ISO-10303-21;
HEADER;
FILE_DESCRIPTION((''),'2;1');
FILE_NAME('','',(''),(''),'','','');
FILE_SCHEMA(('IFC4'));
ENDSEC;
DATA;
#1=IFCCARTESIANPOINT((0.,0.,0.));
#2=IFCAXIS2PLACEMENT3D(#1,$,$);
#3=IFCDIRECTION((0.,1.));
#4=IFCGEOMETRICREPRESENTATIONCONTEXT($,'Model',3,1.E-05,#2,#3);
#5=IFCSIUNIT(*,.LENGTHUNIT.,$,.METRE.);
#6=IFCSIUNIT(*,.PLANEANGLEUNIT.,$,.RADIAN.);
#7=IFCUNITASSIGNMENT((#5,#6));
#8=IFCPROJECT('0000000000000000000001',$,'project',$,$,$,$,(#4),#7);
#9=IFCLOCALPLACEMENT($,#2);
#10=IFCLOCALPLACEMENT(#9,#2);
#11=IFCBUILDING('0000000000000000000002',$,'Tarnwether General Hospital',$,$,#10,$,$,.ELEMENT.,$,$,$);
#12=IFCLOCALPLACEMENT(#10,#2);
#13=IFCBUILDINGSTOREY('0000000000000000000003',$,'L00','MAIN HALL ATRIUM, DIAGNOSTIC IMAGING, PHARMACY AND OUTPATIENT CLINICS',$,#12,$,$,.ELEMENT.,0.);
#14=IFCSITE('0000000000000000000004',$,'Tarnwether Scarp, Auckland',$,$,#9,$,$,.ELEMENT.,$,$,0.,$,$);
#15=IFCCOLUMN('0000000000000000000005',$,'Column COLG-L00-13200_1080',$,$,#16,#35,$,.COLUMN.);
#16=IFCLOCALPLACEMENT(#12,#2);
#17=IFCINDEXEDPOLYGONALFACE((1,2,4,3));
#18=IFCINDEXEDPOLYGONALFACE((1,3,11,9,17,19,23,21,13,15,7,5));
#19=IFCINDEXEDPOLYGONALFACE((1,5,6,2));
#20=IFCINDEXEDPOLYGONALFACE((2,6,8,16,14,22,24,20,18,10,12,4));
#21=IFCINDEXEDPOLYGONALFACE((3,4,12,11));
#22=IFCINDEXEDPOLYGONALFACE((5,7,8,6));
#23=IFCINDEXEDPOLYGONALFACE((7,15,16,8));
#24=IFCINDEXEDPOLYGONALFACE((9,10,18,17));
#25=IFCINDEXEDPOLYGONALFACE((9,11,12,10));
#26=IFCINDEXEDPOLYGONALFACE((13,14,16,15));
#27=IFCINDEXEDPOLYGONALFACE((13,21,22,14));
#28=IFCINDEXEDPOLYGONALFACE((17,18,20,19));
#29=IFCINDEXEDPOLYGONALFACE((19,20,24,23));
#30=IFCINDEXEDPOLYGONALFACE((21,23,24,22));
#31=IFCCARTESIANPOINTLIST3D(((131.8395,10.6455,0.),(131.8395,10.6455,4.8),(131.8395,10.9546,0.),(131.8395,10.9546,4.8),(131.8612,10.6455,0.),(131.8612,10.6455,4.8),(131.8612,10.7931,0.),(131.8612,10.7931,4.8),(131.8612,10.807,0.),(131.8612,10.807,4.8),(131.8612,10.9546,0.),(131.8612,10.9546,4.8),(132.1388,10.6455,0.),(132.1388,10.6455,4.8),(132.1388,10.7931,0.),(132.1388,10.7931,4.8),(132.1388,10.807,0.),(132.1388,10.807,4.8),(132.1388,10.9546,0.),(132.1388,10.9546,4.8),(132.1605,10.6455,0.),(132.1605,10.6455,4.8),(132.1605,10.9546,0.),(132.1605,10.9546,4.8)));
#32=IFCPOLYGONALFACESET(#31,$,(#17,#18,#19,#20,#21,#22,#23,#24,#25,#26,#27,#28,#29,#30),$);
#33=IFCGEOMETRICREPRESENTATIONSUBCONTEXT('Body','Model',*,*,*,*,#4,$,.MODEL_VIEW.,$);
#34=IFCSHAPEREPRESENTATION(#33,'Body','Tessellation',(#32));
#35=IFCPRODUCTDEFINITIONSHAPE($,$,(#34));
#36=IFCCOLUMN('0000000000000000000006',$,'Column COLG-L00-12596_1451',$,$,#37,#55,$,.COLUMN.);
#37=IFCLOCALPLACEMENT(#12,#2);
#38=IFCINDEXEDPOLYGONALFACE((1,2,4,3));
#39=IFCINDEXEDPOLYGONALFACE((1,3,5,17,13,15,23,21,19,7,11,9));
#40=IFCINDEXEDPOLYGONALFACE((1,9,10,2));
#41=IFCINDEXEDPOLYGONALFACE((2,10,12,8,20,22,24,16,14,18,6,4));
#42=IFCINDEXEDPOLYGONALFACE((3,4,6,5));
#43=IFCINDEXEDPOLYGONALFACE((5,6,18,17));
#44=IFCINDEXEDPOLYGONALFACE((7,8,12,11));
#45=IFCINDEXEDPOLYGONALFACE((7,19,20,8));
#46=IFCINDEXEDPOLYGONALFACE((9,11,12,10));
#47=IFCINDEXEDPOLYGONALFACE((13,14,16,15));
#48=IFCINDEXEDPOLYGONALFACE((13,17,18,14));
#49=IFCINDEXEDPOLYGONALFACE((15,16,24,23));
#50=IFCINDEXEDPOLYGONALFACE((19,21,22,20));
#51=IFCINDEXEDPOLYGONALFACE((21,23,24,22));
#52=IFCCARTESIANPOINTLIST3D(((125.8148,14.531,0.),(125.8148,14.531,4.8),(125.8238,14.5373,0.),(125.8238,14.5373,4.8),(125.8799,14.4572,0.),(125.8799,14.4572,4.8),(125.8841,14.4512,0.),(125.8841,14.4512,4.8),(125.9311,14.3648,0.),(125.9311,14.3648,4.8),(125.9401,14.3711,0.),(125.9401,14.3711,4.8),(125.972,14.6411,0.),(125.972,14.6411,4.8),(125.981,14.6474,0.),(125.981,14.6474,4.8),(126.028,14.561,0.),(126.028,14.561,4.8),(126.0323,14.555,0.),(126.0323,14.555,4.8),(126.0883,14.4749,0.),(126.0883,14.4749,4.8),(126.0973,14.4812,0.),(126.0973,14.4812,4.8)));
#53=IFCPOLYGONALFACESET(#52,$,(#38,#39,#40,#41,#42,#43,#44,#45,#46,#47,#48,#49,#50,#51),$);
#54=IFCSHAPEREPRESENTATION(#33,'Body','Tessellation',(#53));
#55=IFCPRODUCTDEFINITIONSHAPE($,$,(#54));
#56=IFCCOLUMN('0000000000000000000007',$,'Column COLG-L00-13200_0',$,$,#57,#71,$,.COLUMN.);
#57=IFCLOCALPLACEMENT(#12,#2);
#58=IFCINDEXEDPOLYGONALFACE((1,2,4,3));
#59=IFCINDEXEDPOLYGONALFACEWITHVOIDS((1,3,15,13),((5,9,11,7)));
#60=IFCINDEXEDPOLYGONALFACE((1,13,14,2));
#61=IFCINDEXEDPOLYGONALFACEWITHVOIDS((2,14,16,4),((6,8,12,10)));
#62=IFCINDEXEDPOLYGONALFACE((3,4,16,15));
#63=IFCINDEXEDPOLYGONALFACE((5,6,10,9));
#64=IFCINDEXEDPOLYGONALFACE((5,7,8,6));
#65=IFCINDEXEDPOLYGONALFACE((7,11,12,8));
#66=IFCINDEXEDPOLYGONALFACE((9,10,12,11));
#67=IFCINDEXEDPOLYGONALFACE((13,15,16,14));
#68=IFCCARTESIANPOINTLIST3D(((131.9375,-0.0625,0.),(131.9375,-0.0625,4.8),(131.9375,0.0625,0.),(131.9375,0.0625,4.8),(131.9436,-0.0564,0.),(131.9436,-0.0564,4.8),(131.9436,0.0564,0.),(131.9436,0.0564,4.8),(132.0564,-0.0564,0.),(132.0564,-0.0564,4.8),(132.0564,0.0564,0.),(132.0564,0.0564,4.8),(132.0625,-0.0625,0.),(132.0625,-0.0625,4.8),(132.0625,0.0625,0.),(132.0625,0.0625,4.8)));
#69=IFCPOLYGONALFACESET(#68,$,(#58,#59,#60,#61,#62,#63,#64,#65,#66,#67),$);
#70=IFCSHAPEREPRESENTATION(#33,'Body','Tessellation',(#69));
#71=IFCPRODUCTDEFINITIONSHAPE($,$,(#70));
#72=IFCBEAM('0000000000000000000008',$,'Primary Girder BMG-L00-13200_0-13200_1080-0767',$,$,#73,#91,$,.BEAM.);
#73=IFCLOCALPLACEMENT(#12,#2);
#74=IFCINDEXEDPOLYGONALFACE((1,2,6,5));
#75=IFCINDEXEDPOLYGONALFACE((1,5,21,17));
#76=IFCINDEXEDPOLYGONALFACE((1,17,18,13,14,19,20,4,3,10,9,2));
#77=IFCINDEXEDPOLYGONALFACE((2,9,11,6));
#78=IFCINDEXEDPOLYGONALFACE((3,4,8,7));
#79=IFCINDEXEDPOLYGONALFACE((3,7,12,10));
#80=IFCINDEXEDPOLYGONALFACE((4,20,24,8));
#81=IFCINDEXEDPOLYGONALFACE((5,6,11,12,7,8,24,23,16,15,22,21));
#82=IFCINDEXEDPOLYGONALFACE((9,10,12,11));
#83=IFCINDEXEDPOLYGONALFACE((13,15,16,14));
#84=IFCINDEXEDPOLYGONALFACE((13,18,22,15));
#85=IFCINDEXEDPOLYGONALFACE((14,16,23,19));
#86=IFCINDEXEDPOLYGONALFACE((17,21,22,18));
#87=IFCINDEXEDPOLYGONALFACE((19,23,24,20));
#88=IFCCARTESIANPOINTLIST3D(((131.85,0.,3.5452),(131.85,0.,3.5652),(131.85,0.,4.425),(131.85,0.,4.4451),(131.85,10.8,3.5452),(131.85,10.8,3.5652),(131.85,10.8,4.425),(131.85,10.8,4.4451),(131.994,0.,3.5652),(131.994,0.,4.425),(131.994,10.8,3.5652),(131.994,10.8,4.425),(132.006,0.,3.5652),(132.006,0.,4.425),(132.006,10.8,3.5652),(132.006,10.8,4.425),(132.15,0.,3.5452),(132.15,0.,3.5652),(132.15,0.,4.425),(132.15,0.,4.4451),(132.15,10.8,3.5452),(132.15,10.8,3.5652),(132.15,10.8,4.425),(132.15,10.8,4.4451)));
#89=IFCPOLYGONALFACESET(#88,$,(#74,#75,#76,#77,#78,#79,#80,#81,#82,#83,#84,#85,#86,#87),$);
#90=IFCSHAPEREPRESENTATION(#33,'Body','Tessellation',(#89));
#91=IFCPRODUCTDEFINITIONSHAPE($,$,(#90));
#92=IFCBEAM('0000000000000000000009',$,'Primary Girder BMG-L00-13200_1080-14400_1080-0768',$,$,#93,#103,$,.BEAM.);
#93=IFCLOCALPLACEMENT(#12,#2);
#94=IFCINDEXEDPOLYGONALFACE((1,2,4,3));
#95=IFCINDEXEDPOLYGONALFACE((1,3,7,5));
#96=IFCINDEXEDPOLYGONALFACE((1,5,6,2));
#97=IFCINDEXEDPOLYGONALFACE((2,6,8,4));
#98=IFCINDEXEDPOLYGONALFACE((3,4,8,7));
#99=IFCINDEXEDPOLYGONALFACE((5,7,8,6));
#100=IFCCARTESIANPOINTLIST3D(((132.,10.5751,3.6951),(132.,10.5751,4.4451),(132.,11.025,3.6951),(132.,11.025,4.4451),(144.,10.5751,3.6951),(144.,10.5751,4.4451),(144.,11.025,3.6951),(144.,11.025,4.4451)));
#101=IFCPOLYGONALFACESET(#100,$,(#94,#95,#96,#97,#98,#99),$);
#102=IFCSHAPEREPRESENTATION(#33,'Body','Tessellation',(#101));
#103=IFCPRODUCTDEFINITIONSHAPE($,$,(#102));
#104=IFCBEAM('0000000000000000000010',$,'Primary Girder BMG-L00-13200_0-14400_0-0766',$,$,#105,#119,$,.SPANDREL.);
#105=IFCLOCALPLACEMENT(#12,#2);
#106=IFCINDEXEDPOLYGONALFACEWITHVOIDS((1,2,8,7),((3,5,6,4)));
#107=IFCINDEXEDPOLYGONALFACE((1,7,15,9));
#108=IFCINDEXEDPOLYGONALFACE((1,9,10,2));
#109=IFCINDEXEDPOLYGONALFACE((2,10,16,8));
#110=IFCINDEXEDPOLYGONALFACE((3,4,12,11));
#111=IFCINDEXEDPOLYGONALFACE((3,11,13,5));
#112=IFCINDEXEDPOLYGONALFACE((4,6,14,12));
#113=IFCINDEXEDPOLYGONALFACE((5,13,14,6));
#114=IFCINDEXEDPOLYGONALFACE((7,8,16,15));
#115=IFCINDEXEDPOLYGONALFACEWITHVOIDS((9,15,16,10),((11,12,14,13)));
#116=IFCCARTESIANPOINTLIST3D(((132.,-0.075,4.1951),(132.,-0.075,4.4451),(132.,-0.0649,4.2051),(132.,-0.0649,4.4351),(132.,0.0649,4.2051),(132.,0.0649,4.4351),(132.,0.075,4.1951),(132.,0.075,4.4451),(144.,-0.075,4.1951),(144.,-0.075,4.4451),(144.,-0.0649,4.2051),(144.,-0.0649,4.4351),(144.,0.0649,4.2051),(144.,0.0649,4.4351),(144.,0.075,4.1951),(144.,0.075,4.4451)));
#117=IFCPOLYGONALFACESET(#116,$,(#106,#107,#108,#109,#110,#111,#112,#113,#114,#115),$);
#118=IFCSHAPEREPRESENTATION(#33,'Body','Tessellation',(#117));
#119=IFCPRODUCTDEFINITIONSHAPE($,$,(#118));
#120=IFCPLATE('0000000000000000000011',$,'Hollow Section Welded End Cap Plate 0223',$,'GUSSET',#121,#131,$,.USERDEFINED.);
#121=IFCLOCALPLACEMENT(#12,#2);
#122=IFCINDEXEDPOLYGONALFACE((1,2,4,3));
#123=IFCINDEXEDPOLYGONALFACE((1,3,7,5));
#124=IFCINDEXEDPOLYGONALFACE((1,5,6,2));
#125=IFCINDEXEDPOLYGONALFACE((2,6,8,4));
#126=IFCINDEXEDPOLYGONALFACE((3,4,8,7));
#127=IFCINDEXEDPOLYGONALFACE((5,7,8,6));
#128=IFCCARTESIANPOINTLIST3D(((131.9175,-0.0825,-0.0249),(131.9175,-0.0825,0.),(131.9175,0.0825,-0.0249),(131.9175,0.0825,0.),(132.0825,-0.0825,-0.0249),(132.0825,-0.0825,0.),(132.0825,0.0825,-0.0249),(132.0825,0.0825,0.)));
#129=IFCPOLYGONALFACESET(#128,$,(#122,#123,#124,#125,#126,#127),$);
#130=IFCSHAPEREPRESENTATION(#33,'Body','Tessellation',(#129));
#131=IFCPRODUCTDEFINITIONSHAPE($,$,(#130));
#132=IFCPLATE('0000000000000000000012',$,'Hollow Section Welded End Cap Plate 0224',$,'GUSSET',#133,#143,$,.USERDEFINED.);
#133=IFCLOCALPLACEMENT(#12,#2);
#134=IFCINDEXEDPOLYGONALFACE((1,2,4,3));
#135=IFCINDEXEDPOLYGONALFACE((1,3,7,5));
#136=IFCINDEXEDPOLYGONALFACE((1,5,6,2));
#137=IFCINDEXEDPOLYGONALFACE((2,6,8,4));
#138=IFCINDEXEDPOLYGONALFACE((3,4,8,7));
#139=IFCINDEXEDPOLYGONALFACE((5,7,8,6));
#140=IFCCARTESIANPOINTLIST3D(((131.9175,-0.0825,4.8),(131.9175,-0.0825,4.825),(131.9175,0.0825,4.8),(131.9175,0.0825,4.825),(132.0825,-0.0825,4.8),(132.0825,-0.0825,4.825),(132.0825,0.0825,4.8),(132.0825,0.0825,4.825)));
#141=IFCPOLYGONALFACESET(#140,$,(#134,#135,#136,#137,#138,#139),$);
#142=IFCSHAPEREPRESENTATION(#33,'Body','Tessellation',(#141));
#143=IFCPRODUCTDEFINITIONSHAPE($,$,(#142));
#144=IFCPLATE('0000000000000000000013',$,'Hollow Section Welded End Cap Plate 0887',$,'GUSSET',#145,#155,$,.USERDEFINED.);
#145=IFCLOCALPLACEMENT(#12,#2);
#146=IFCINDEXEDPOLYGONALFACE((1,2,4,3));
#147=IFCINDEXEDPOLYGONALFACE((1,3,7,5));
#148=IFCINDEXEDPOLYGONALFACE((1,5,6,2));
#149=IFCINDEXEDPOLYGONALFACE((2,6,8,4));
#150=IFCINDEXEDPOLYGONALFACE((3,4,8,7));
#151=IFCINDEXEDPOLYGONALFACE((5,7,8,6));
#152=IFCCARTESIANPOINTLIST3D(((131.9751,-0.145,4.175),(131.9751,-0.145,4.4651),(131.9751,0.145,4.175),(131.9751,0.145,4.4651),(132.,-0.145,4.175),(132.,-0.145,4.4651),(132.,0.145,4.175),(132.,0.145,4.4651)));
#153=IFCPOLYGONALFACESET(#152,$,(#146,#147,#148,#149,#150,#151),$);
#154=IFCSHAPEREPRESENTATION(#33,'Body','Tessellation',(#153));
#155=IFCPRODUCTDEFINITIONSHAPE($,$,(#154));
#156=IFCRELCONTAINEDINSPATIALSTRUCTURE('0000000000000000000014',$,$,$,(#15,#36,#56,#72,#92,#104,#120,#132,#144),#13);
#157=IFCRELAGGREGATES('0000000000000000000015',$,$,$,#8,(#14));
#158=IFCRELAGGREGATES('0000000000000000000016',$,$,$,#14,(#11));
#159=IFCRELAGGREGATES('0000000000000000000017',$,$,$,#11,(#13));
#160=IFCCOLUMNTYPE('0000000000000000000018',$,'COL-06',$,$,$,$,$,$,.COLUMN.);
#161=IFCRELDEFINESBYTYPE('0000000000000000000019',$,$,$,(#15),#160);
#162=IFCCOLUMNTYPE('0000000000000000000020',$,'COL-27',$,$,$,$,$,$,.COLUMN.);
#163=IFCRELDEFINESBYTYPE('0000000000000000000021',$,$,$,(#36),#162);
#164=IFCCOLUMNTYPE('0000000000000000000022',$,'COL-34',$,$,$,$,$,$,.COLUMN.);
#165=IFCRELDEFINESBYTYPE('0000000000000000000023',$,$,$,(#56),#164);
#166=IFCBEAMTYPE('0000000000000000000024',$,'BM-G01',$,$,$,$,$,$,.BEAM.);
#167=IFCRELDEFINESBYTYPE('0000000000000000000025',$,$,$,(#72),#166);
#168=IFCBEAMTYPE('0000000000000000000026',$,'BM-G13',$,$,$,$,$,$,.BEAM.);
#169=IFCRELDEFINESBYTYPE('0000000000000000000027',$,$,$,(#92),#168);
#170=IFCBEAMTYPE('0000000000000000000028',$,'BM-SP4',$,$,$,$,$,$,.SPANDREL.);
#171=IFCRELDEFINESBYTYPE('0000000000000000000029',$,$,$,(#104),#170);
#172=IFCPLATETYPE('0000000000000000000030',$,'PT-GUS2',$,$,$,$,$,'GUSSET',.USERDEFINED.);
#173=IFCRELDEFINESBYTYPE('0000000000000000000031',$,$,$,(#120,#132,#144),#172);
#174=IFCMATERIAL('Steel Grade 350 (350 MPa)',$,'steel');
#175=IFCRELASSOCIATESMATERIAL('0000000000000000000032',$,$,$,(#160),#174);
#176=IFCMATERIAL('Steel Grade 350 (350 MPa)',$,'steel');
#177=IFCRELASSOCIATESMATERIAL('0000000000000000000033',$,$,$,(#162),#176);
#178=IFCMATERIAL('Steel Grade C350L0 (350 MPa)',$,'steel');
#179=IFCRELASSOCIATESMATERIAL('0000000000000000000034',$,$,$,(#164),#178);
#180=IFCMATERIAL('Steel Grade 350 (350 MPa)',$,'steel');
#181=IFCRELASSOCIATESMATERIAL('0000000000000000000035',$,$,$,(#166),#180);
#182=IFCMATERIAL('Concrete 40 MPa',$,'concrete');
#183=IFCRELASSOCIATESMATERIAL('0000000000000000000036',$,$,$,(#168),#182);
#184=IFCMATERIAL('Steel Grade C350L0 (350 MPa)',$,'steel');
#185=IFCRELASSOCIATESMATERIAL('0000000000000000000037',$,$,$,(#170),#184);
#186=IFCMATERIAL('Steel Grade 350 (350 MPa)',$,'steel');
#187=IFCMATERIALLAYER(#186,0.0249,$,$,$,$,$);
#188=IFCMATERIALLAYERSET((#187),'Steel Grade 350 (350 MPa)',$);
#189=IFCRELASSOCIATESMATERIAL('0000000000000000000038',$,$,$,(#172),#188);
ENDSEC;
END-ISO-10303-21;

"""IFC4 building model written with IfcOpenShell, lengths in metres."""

from ifc_helpers import new_model, si_unit, direction, frame, origin, origin_2d, place, context, subcontext, project, spatial, rectangle, hollow_rectangle, i_section, extrude, material, layer, layer_set, material_profile, profile_set, type_object, element, save


model = new_model("IFC4")

# Units and contexts
model_context = context("Model", 3, precision=1e-05, world=origin(), true_north=direction((0.0, 1.0)))
body_context = subcontext(model_context, "Body", "Model", "MODEL_VIEW")
ifc_project = project(units=[si_unit("LENGTHUNIT", "METRE"), si_unit("PLANEANGLEUNIT", "RADIAN")], contexts=[model_context])

# Site, building, storey
site_placement = place(None, origin())
site = spatial("IfcSite", under=ifc_project, at=site_placement, Name="Tarnwether Scarp, Auckland", CompositionType="ELEMENT", RefElevation=0.0)
building_placement = place(site_placement, origin())
building = spatial("IfcBuilding", under=site, at=building_placement, Name="Tarnwether General Hospital", CompositionType="ELEMENT")
storey_placement = place(building_placement, origin())
storey = spatial("IfcBuildingStorey", under=building, at=storey_placement, Name="L00", Description="MAIN HALL ATRIUM, DIAGNOSTIC IMAGING, PHARMACY AND OUTPATIENT CLINICS", CompositionType="ELEMENT", Elevation=0.0)

# Columns
ifc_material_1 = material(Name="Steel Grade 350 (350 MPa)", Category="steel")
ifc_material_profile_1 = material_profile(ifc_material_1, i_section(OverallWidth=0.3091, OverallDepth=0.321, WebThickness=0.0139, FlangeThickness=0.0217, at=origin_2d()), Name="310UC137")
ifc_profile_set_1 = profile_set([ifc_material_profile_1], Name="Steel Grade 350 (350 MPa)")
column_type_1 = type_object("IfcColumnType", Name="COL-06", PredefinedType="COLUMN", material=ifc_profile_set_1)
column_1_placement = place(storey_placement, frame((132.0, 10.8, 0.0), z_axis=(0.0, 0.0, 1.0), x_axis=(0.0, 1.0, 0.0)))
element("IfcColumn", 1, at=column_1_placement, inside=storey, type_object=column_type_1, Name="Column COLG-L00-13200_1080", PredefinedType="COLUMN", context=body_context, shape_type="SweptSolid", body=[
    extrude(i_section(OverallWidth=0.3091, OverallDepth=0.321, WebThickness=0.0139, FlangeThickness=0.0217, at=origin_2d()), origin(), (0.0, 0.0, 1.0), 4.8),
])
ifc_material_2 = material(Name="Steel Grade 350 (350 MPa)", Category="steel")
ifc_material_profile_2 = material_profile(ifc_material_2, i_section(OverallWidth=0.2029, OverallDepth=0.2029, WebThickness=0.0073, FlangeThickness=0.011, at=origin_2d()), Name="200UC46.2")
ifc_profile_set_2 = profile_set([ifc_material_profile_2], Name="Steel Grade 350 (350 MPa)")
column_type_2 = type_object("IfcColumnType", Name="COL-27", PredefinedType="COLUMN", material=ifc_profile_set_2)
column_2_placement = place(storey_placement, frame((125.9561, 14.5061, 0.0), z_axis=(0.0, 0.0, 1.0), x_axis=(-0.573576, 0.819152, 0.0)))
element("IfcColumn", 2, at=column_2_placement, inside=storey, type_object=column_type_2, Name="Column COLG-L00-12596_1451", PredefinedType="COLUMN", context=body_context, shape_type="SweptSolid", body=[
    extrude(i_section(OverallWidth=0.2029, OverallDepth=0.2029, WebThickness=0.0073, FlangeThickness=0.011, at=origin_2d()), origin(), (0.0, 0.0, 1.0), 4.8),
])
ifc_material_3 = material(Name="Steel Grade C350L0 (350 MPa)", Category="steel")
ifc_material_profile_3 = material_profile(ifc_material_3, hollow_rectangle(XDim=0.125, YDim=0.125, WallThickness=0.0061, at=origin_2d()), Name="SHS125x125x6")
ifc_profile_set_3 = profile_set([ifc_material_profile_3], Name="Steel Grade C350L0 (350 MPa)")
column_type_3 = type_object("IfcColumnType", Name="COL-34", PredefinedType="COLUMN", material=ifc_profile_set_3)
column_3_placement = place(storey_placement, frame((132.0, 0.0, 0.0), z_axis=(0.0, 0.0, 1.0), x_axis=(0.0, 1.0, 0.0)))
element("IfcColumn", 3, at=column_3_placement, inside=storey, type_object=column_type_3, Name="Column COLG-L00-13200_0", PredefinedType="COLUMN", context=body_context, shape_type="SweptSolid", body=[
    extrude(hollow_rectangle(XDim=0.125, YDim=0.125, WallThickness=0.0061, at=origin_2d()), origin(), (0.0, 0.0, 1.0), 4.8),
])

# Beams
ifc_material_4 = material(Name="Steel Grade 350 (350 MPa)", Category="steel")
ifc_material_profile_4 = material_profile(ifc_material_4, i_section(OverallWidth=0.3, OverallDepth=0.8999, WebThickness=0.012, FlangeThickness=0.02, at=origin_2d()), Name="900WB175")
ifc_profile_set_4 = profile_set([ifc_material_profile_4], Name="Steel Grade 350 (350 MPa)")
beam_type_1 = type_object("IfcBeamType", Name="BM-G01", PredefinedType="BEAM", material=ifc_profile_set_4)
beam_1_placement = place(storey_placement, frame((132.0, 0.0, 3.9951), z_axis=(0.0, 1.0, 0.0), x_axis=(-1.0, 0.0, 0.0)))
element("IfcBeam", 4, at=beam_1_placement, inside=storey, type_object=beam_type_1, Name="Primary Girder BMG-L00-13200_0-13200_1080-0767", PredefinedType="BEAM", context=body_context, shape_type="SweptSolid", body=[
    extrude(i_section(OverallWidth=0.3, OverallDepth=0.8999, WebThickness=0.012, FlangeThickness=0.02, at=origin_2d()), origin(), (0.0, 0.0, 1.0), 10.8),
])
ifc_material_5 = material(Name="Concrete 40 MPa", Category="concrete")
ifc_material_profile_5 = material_profile(ifc_material_5, rectangle(XDim=0.45, YDim=0.75, at=origin_2d()), Name="RC-BM-450x750")
ifc_profile_set_5 = profile_set([ifc_material_profile_5], Name="Concrete 40 MPa")
beam_type_2 = type_object("IfcBeamType", Name="BM-G13", PredefinedType="BEAM", material=ifc_profile_set_5)
beam_2_placement = place(storey_placement, frame((132.0, 10.8, 4.0701), z_axis=(1.0, 0.0, 0.0), x_axis=(0.0, 1.0, 0.0)))
element("IfcBeam", 5, at=beam_2_placement, inside=storey, type_object=beam_type_2, Name="Primary Girder BMG-L00-13200_1080-14400_1080-0768", PredefinedType="BEAM", context=body_context, shape_type="SweptSolid", body=[
    extrude(rectangle(XDim=0.45, YDim=0.75, at=origin_2d()), origin(), (0.0, 0.0, 1.0), 12.0),
])
ifc_material_6 = material(Name="Steel Grade C350L0 (350 MPa)", Category="steel")
ifc_material_profile_6 = material_profile(ifc_material_6, hollow_rectangle(XDim=0.1499, YDim=0.25, WallThickness=0.01, at=origin_2d()), Name="RHS250x150x10")
ifc_profile_set_6 = profile_set([ifc_material_profile_6], Name="Steel Grade C350L0 (350 MPa)")
beam_type_3 = type_object("IfcBeamType", Name="BM-SP4", PredefinedType="SPANDREL", material=ifc_profile_set_6)
beam_3_placement = place(storey_placement, frame((132.0, 0.0, 4.3201), z_axis=(1.0, 0.0, 0.0), x_axis=(0.0, 1.0, 0.0)))
element("IfcBeam", 6, at=beam_3_placement, inside=storey, type_object=beam_type_3, Name="Primary Girder BMG-L00-13200_0-14400_0-0766", PredefinedType="SPANDREL", context=body_context, shape_type="SweptSolid", body=[
    extrude(hollow_rectangle(XDim=0.1499, YDim=0.25, WallThickness=0.01, at=origin_2d()), origin(), (0.0, 0.0, 1.0), 12.0),
])

# Plates
ifc_material_7 = material(Name="Steel Grade 350 (350 MPa)", Category="steel")
ifc_layer_1 = layer(ifc_material_7, 0.0249)
ifc_layer_set_1 = layer_set([ifc_layer_1], Name="Steel Grade 350 (350 MPa)")
plate_type = type_object("IfcPlateType", Name="PT-GUS2", ElementType="GUSSET", PredefinedType="USERDEFINED", material=ifc_layer_set_1)
for number, where, z_axis, x_axis, name in (
    (7, (132.0, 0.0, -0.0249), (0.0, 0.0, 1.0), (1.0, 0.0, 0.0), "Hollow Section Welded End Cap Plate 0223"),
    (8, (132.0, 0.0, 4.8), (0.0, 0.0, 1.0), (1.0, 0.0, 0.0), "Hollow Section Welded End Cap Plate 0224"),
):
    element("IfcPlate", number, at=place(storey_placement, frame(where, z_axis=z_axis, x_axis=x_axis)), inside=storey, type_object=plate_type, Name=name, ObjectType="GUSSET", PredefinedType="USERDEFINED", context=body_context, shape_type="SweptSolid", body=[
        extrude(rectangle(XDim=0.165, YDim=0.165, at=origin_2d()), origin(), (0.0, 0.0, 1.0), 0.0249),
    ])
plate_placement = place(storey_placement, frame((131.9875, 0.0, 4.175), z_axis=(0.0, 0.0, 1.0), x_axis=(1.0, 0.0, 0.0)))
element("IfcPlate", 9, at=plate_placement, inside=storey, type_object=plate_type, Name="Hollow Section Welded End Cap Plate 0887", ObjectType="GUSSET", PredefinedType="USERDEFINED", context=body_context, shape_type="SweptSolid", body=[
    extrude(rectangle(XDim=0.0249, YDim=0.29, at=origin_2d()), origin(), (0.0, 0.0, 1.0), 0.29),
])

save(model, "model.ifc")
